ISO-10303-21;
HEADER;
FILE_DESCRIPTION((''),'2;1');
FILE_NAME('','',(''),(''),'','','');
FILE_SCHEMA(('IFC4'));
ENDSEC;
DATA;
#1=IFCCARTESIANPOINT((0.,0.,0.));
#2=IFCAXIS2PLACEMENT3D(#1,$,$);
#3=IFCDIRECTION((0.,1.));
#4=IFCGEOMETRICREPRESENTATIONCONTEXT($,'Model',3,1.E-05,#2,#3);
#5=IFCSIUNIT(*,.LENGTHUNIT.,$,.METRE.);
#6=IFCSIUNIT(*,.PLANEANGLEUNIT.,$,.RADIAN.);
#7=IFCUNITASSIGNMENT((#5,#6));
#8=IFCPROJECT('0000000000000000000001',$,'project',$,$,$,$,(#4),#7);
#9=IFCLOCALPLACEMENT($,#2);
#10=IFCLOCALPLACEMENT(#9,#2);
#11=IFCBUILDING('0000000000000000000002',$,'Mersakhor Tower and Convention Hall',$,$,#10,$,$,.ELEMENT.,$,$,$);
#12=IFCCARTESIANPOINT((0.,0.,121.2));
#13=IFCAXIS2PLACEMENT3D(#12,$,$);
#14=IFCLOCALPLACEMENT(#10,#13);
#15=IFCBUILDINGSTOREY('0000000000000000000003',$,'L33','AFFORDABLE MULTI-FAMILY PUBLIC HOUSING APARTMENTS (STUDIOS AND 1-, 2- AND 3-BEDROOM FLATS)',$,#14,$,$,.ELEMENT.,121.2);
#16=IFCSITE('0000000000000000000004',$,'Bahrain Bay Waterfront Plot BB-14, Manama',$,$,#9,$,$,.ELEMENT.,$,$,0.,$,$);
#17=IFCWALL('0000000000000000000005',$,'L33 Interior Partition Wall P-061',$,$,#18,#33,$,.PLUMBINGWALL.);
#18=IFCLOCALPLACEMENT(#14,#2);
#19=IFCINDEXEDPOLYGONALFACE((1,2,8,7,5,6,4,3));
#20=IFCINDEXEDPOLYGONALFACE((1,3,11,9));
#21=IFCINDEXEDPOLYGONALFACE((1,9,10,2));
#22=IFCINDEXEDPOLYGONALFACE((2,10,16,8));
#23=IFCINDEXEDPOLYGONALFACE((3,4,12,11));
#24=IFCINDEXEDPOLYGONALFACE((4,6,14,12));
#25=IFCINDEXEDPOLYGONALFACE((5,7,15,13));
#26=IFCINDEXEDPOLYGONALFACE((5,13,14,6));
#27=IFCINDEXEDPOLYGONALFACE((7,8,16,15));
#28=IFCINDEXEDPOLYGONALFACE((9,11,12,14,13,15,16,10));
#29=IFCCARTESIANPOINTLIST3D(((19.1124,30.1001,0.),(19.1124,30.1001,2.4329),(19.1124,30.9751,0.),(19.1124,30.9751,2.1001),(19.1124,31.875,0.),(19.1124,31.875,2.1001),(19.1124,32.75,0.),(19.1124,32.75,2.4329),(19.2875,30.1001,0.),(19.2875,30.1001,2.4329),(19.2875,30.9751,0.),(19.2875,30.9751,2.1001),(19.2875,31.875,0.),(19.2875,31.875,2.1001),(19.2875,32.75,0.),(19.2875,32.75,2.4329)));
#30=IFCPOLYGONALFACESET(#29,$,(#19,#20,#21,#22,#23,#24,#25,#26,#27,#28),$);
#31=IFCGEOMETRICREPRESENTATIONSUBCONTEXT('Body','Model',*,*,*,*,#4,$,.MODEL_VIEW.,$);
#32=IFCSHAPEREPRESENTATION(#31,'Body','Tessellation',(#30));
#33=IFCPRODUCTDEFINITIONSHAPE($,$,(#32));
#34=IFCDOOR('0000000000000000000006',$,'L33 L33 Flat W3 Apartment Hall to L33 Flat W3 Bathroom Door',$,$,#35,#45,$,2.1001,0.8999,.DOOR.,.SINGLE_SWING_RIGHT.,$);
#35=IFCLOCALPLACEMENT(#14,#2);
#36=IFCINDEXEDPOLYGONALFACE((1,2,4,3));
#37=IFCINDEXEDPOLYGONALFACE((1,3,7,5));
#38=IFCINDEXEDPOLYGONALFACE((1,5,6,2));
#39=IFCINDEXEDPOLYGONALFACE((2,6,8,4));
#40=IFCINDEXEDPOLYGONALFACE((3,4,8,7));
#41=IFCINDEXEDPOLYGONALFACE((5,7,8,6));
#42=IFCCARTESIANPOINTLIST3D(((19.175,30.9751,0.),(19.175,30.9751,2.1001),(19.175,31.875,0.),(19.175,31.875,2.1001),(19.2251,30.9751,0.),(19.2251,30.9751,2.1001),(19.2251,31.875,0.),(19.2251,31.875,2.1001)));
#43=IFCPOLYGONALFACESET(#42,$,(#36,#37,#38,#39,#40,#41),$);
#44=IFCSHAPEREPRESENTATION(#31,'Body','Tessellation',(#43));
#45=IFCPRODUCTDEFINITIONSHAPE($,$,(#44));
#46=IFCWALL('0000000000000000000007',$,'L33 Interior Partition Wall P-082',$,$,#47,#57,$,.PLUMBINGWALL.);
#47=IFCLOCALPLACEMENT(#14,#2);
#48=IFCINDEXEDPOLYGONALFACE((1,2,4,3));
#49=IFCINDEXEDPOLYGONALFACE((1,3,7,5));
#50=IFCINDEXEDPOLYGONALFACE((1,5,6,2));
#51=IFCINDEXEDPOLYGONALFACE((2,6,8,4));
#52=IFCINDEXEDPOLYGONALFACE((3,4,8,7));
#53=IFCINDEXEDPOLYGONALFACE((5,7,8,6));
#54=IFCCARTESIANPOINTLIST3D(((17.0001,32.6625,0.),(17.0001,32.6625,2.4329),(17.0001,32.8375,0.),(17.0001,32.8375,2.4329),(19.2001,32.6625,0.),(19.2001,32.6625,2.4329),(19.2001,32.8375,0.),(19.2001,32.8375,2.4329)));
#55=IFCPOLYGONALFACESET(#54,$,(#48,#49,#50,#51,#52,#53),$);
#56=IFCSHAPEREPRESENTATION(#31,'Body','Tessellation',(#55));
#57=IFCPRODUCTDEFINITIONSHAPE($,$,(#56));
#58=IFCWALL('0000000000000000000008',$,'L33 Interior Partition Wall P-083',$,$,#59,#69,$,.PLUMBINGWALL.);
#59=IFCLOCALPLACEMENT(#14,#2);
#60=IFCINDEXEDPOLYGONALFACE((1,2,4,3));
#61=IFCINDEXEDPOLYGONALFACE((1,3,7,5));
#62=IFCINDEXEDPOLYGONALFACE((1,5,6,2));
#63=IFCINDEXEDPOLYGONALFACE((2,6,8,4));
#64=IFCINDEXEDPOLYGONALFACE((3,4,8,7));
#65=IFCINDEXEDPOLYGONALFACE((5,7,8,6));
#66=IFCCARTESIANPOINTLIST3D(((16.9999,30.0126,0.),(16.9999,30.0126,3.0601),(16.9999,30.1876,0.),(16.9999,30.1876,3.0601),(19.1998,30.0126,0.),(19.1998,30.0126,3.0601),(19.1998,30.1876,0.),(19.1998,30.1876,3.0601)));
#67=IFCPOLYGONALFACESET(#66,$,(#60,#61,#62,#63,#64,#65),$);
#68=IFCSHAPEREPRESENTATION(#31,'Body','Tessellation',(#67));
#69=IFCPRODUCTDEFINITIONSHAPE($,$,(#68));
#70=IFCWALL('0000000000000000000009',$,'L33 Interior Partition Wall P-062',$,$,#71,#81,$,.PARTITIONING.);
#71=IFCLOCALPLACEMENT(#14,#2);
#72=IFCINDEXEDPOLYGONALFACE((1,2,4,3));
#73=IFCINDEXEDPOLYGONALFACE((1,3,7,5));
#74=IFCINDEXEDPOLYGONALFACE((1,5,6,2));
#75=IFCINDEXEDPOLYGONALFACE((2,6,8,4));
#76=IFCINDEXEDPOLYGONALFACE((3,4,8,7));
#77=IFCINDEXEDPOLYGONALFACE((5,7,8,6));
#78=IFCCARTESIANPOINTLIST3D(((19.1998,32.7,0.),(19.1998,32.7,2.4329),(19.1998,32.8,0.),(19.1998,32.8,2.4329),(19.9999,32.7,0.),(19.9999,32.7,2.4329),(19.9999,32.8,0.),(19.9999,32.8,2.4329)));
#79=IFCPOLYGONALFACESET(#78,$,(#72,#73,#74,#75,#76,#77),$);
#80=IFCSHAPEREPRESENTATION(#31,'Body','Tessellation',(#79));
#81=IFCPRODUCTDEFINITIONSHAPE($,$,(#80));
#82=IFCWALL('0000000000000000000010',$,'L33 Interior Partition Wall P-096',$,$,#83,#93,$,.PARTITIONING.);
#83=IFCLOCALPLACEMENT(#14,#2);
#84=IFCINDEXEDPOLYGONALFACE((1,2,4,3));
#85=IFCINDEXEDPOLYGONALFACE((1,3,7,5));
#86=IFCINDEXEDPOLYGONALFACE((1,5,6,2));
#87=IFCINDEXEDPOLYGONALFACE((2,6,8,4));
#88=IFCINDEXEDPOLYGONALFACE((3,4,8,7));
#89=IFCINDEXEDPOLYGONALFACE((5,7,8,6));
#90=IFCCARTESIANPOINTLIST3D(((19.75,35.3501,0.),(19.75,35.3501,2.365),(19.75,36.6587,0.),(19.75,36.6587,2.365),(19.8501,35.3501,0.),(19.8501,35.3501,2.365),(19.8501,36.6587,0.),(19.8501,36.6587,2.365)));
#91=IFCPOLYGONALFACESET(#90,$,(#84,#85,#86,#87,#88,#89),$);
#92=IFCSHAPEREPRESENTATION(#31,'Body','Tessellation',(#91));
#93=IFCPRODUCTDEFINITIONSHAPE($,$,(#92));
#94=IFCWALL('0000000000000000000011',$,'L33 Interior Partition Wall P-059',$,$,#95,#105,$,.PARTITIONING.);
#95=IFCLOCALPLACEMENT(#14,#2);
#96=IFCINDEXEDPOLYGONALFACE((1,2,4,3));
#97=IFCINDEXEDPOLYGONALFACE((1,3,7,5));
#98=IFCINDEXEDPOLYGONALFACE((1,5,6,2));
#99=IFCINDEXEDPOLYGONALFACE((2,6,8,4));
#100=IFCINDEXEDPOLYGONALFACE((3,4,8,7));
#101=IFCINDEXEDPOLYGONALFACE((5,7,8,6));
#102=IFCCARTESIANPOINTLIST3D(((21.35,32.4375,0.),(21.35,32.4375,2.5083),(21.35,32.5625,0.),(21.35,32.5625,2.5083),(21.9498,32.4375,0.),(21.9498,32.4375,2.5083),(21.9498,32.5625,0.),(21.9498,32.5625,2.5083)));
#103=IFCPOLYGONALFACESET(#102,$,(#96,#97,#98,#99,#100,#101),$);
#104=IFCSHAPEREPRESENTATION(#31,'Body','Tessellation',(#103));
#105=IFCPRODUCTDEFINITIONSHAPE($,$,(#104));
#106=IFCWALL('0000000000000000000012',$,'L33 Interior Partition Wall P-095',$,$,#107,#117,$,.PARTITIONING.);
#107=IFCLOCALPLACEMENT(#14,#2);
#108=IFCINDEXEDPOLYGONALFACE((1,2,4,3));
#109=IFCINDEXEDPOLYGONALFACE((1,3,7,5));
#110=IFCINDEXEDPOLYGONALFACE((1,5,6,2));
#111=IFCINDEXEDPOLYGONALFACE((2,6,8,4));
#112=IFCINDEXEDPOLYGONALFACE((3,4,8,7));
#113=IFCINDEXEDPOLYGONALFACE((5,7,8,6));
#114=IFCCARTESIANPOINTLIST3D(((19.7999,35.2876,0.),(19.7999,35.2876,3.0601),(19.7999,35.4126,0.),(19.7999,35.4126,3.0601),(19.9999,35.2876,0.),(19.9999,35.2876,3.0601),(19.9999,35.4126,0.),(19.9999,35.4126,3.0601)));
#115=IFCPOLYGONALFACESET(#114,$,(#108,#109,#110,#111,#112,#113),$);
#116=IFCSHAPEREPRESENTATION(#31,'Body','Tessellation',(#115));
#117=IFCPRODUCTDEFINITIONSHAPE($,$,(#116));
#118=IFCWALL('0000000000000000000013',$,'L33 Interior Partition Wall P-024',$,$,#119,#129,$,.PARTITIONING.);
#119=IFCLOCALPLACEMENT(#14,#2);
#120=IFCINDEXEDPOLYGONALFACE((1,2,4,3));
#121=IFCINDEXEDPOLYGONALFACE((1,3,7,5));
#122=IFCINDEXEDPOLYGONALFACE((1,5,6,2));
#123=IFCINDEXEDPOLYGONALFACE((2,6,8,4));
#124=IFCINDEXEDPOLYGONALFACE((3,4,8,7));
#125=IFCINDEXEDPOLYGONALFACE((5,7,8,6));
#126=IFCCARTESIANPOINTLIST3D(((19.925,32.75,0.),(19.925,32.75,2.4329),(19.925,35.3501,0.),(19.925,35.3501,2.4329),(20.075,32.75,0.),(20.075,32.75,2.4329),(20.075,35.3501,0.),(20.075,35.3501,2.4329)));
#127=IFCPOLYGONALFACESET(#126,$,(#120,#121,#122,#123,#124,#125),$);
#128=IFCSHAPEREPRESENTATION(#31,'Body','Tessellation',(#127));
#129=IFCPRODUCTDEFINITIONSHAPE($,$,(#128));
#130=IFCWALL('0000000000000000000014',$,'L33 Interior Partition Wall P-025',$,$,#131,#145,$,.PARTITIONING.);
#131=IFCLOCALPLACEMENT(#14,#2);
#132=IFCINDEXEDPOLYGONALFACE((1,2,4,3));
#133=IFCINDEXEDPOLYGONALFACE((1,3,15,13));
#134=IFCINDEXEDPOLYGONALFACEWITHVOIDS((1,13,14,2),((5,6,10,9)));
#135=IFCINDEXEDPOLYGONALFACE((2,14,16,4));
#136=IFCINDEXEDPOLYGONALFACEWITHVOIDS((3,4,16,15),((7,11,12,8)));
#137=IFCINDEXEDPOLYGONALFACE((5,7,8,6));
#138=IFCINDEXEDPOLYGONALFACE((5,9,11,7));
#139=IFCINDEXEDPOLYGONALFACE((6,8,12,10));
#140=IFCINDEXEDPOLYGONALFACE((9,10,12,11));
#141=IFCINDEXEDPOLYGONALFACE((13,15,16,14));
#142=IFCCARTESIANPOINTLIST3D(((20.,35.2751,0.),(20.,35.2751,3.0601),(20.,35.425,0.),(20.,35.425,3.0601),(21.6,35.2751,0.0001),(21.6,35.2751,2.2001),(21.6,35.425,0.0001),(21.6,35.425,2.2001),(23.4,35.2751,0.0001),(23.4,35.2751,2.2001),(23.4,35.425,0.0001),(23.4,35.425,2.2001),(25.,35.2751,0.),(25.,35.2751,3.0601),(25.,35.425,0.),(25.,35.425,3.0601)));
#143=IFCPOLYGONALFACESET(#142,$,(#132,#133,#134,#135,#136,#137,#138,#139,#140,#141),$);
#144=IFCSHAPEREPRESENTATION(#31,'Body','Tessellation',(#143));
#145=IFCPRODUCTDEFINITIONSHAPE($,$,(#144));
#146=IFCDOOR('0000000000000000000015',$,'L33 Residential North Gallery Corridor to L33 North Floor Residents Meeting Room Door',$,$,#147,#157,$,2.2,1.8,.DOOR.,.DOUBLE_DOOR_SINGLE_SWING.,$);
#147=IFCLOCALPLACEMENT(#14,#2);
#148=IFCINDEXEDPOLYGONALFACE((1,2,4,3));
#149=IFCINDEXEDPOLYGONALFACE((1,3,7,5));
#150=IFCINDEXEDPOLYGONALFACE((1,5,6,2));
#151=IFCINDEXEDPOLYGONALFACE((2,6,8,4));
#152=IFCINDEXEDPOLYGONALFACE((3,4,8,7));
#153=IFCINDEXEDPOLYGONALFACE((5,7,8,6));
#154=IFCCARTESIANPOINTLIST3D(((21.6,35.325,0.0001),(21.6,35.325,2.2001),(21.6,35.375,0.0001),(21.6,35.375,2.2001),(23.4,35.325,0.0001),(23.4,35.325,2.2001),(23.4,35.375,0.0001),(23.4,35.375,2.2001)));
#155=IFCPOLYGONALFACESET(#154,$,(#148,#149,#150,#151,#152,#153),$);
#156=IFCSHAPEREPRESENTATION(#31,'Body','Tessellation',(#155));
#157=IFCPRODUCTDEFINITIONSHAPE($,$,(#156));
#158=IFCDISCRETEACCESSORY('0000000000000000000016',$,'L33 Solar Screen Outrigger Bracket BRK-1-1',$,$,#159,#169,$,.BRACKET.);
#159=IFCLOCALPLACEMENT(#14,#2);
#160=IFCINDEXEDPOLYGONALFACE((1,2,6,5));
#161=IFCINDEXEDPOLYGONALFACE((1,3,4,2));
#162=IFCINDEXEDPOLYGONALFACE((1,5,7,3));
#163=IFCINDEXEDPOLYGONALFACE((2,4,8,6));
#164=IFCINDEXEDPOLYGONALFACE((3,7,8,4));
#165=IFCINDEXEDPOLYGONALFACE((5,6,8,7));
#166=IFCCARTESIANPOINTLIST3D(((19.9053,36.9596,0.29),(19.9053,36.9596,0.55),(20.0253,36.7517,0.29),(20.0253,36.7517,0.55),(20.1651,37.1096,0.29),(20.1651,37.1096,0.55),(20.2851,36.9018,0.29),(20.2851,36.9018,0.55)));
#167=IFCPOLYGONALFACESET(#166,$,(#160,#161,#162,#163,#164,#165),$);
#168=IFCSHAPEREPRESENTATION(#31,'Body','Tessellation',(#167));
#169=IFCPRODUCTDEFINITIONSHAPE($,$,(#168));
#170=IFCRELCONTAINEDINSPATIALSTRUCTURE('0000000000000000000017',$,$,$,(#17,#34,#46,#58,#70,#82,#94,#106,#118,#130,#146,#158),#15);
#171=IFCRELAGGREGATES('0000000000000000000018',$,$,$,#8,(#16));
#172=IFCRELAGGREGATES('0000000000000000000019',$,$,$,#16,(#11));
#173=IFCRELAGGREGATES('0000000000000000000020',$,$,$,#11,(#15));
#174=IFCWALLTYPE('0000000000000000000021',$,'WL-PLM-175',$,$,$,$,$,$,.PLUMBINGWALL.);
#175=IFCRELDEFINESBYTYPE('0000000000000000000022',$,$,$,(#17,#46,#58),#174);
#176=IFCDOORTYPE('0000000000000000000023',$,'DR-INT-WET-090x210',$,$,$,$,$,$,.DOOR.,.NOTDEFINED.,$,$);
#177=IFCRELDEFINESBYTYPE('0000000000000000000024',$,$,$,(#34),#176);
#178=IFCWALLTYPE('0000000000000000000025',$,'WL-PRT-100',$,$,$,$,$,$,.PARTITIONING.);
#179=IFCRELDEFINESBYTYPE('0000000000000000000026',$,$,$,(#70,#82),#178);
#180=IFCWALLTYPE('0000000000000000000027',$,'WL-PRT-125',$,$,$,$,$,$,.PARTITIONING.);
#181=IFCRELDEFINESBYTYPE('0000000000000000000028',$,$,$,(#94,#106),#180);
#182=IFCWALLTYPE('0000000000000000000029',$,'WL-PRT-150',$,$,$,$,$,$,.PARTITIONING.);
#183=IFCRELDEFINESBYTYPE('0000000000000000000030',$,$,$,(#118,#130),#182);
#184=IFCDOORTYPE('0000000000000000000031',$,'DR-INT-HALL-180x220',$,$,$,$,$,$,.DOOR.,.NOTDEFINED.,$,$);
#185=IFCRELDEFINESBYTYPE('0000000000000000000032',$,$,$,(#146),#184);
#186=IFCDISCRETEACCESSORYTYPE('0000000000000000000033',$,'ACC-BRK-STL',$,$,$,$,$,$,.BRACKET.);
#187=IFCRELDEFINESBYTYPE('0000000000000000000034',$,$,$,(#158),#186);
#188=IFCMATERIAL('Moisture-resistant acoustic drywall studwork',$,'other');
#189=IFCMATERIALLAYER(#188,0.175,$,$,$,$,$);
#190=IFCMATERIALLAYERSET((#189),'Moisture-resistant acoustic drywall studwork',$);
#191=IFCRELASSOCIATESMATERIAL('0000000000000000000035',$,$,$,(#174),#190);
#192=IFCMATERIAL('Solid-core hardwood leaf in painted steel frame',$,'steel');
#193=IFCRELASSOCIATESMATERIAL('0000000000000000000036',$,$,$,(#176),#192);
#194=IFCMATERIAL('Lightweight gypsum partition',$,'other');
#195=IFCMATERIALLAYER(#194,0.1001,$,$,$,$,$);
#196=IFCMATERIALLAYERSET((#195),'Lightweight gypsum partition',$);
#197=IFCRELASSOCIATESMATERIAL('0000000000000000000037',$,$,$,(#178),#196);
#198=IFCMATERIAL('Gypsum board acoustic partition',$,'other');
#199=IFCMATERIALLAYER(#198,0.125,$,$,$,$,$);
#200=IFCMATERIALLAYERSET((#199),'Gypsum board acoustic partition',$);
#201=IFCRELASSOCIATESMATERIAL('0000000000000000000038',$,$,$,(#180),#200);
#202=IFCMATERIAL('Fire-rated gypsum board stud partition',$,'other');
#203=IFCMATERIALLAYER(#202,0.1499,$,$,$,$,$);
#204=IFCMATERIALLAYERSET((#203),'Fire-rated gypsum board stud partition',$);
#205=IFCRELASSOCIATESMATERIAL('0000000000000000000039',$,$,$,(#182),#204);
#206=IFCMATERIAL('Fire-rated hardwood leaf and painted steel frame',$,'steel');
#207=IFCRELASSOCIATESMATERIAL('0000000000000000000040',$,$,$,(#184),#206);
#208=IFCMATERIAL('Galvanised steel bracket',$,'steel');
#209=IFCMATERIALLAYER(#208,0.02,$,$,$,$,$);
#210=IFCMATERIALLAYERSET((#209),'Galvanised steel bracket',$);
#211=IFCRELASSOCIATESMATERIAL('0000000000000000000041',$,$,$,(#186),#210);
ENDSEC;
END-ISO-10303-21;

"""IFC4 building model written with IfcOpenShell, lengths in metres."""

from ifc_helpers import new_model, si_unit, direction, frame, frame_2d, origin, origin_2d, place, context, subcontext, project, spatial, rectangle, extrude, material, layer, layer_set, type_object, element, fill, save


model = new_model("IFC4")

# Units and contexts
model_context = context("Model", 3, precision=1e-05, world=origin(), true_north=direction((0.0, 1.0)))
body_context = subcontext(model_context, "Body", "Model", "MODEL_VIEW")
ifc_project = project(units=[si_unit("LENGTHUNIT", "METRE"), si_unit("PLANEANGLEUNIT", "RADIAN")], contexts=[model_context])

# Site, building, storey
site_placement = place(None, origin())
site = spatial("IfcSite", under=ifc_project, at=site_placement, Name="Bahrain Bay Waterfront Plot BB-14, Manama", CompositionType="ELEMENT", RefElevation=0.0)
building_placement = place(site_placement, origin())
building = spatial("IfcBuilding", under=site, at=building_placement, Name="Mersakhor Tower and Convention Hall", CompositionType="ELEMENT")
storey_placement = place(building_placement, frame((0.0, 0.0, 121.2)))
storey = spatial("IfcBuildingStorey", under=building, at=storey_placement, Name="L33", Description="AFFORDABLE MULTI-FAMILY PUBLIC HOUSING APARTMENTS (STUDIOS AND 1-, 2- AND 3-BEDROOM FLATS)", CompositionType="ELEMENT", Elevation=121.2)

# Wall, opening, door
ifc_material_1 = material(Name="Moisture-resistant acoustic drywall studwork", Category="other")
ifc_layer_1 = layer(ifc_material_1, 0.175)
ifc_layer_set_1 = layer_set([ifc_layer_1], Name="Moisture-resistant acoustic drywall studwork")
wall_type_1 = type_object("IfcWallType", Name="WL-PLM-175", PredefinedType="PLUMBINGWALL", material=ifc_layer_set_1)
wall_1_placement = place(storey_placement, frame((19.2, 30.1001, 0.0), z_axis=(0.0, 0.0, 1.0), x_axis=(0.0, 1.0, 0.0)))
wall_1 = element("IfcWall", 1, at=wall_1_placement, inside=storey, type_object=wall_type_1, Name="L33 Interior Partition Wall P-061", PredefinedType="PLUMBINGWALL", context=body_context, shape_type="SweptSolid", body=[
    extrude(rectangle(XDim=2.6499, YDim=0.175, at=frame_2d((1.325, 0.0))), origin(), (0.0, 0.0, 1.0), 2.4329),
])
opening_1_placement = place(wall_1_placement, frame((0.875, 0.0, 0.0)))
opening_1 = element("IfcOpeningElement", 2, at=opening_1_placement, cuts=wall_1, PredefinedType="OPENING", context=body_context, shape_type="SweptSolid", body=[
    extrude(rectangle(XDim=0.8999, YDim=2.1001, at=frame_2d((0.45, 1.05))), frame((0.0, 0.0974, 0.0), z_axis=(0.0, -1.0, 0.0), x_axis=(1.0, 0.0, 0.0)), (0.0, 0.0, 1.0), 0.1951),
])
ifc_material_2 = material(Name="Solid-core hardwood leaf in painted steel frame", Category="steel")
door_type_1 = type_object("IfcDoorType", Name="DR-INT-WET-090x210", OperationType="NOTDEFINED", PredefinedType="DOOR", material=ifc_material_2)
door_1_placement = place(opening_1_placement, origin())
door_1 = element("IfcDoor", 3, at=door_1_placement, inside=storey, type_object=door_type_1, Name="L33 L33 Flat W3 Apartment Hall to L33 Flat W3 Bathroom Door", OperationType="SINGLE_SWING_RIGHT", OverallHeight=2.1001, OverallWidth=0.8999, PredefinedType="DOOR", context=body_context, shape_type="SweptSolid", body=[
    extrude(rectangle(XDim=0.8999, YDim=2.1001, at=frame_2d((0.45, 1.05))), frame((0.0, 0.0249, 0.0), z_axis=(0.0, -1.0, 0.0), x_axis=(1.0, 0.0, 0.0)), (0.0, 0.0, 1.0), 0.05),
])
fill(opening_1, door_1)

# Walls
wall_2_placement = place(storey_placement, frame((17.0, 32.75, 0.0), z_axis=(0.0, 0.0, 1.0), x_axis=(1.0, 0.0, 0.0)))
element("IfcWall", 4, at=wall_2_placement, inside=storey, type_object=wall_type_1, Name="L33 Interior Partition Wall P-082", PredefinedType="PLUMBINGWALL", context=body_context, shape_type="SweptSolid", body=[
    extrude(rectangle(XDim=2.2, YDim=0.175, at=frame_2d((1.1001, 0.0))), origin(), (0.0, 0.0, 1.0), 2.4329),
])
wall_3_placement = place(storey_placement, frame((19.2, 30.1001, 0.0), z_axis=(0.0, 0.0, 1.0), x_axis=(-1.0, 0.0, 0.0)))
element("IfcWall", 5, at=wall_3_placement, inside=storey, type_object=wall_type_1, Name="L33 Interior Partition Wall P-083", PredefinedType="PLUMBINGWALL", context=body_context, shape_type="SweptSolid", body=[
    extrude(rectangle(XDim=2.2, YDim=0.175, at=frame_2d((1.1001, 0.0))), origin(), (0.0, 0.0, 1.0), 3.0601),
])
ifc_material_3 = material(Name="Lightweight gypsum partition", Category="other")
ifc_layer_2 = layer(ifc_material_3, 0.1001)
ifc_layer_set_2 = layer_set([ifc_layer_2], Name="Lightweight gypsum partition")
wall_type_2 = type_object("IfcWallType", Name="WL-PRT-100", PredefinedType="PARTITIONING", material=ifc_layer_set_2)
wall_4_placement = place(storey_placement, frame((19.2, 32.75, 0.0), z_axis=(0.0, 0.0, 1.0), x_axis=(1.0, 0.0, 0.0)))
element("IfcWall", 6, at=wall_4_placement, inside=storey, type_object=wall_type_2, Name="L33 Interior Partition Wall P-062", PredefinedType="PARTITIONING", context=body_context, shape_type="SweptSolid", body=[
    extrude(rectangle(XDim=0.8, YDim=0.1001, at=frame_2d((0.3999, 0.0))), origin(), (0.0, 0.0, 1.0), 2.4329),
])
wall_5_placement = place(storey_placement, frame((19.8, 35.3501, 0.0), z_axis=(0.0, 0.0, 1.0), x_axis=(0.0, 1.0, 0.0)))
element("IfcWall", 7, at=wall_5_placement, inside=storey, type_object=wall_type_2, Name="L33 Interior Partition Wall P-096", PredefinedType="PARTITIONING", context=body_context, shape_type="SweptSolid", body=[
    extrude(rectangle(XDim=1.3086, YDim=0.1001, at=frame_2d((0.6543, 0.0))), origin(), (0.0, 0.0, 1.0), 2.365),
])
ifc_material_4 = material(Name="Gypsum board acoustic partition", Category="other")
ifc_layer_3 = layer(ifc_material_4, 0.125)
ifc_layer_set_3 = layer_set([ifc_layer_3], Name="Gypsum board acoustic partition")
wall_type_3 = type_object("IfcWallType", Name="WL-PRT-125", PredefinedType="PARTITIONING", material=ifc_layer_set_3)
wall_6_placement = place(storey_placement, frame((21.3501, 32.5, 0.0), z_axis=(0.0, 0.0, 1.0), x_axis=(1.0, 0.0, 0.0)))
element("IfcWall", 8, at=wall_6_placement, inside=storey, type_object=wall_type_3, Name="L33 Interior Partition Wall P-059", PredefinedType="PARTITIONING", context=body_context, shape_type="SweptSolid", body=[
    extrude(rectangle(XDim=0.5999, YDim=0.125, at=frame_2d((0.2998, 0.0))), origin(), (0.0, 0.0, 1.0), 2.5083),
])
wall_7_placement = place(storey_placement, frame((20.0, 35.3501, 0.0), z_axis=(0.0, 0.0, 1.0), x_axis=(-1.0, 0.0, 0.0)))
element("IfcWall", 9, at=wall_7_placement, inside=storey, type_object=wall_type_3, Name="L33 Interior Partition Wall P-095", PredefinedType="PARTITIONING", context=body_context, shape_type="SweptSolid", body=[
    extrude(rectangle(XDim=0.2, YDim=0.125, at=frame_2d((0.1001, 0.0))), origin(), (0.0, 0.0, 1.0), 3.0601),
])

# Shared definitions
ifc_material_5 = material(Name="Fire-rated gypsum board stud partition", Category="other")
ifc_layer_4 = layer(ifc_material_5, 0.1499)
ifc_layer_set_4 = layer_set([ifc_layer_4], Name="Fire-rated gypsum board stud partition")
wall_type_4 = type_object("IfcWallType", Name="WL-PRT-150", PredefinedType="PARTITIONING", material=ifc_layer_set_4)

# Wall
wall_8_placement = place(storey_placement, frame((20.0, 32.75, 0.0), z_axis=(0.0, 0.0, 1.0), x_axis=(0.0, 1.0, 0.0)))
element("IfcWall", 10, at=wall_8_placement, inside=storey, type_object=wall_type_4, Name="L33 Interior Partition Wall P-024", PredefinedType="PARTITIONING", context=body_context, shape_type="SweptSolid", body=[
    extrude(rectangle(XDim=2.6001, YDim=0.1499, at=frame_2d((1.3, 0.0))), origin(), (0.0, 0.0, 1.0), 2.4329),
])

# Wall, opening, door
wall_9_placement = place(storey_placement, frame((20.0, 35.3501, 0.0), z_axis=(0.0, 0.0, 1.0), x_axis=(1.0, 0.0, 0.0)))
wall_9 = element("IfcWall", 11, at=wall_9_placement, inside=storey, type_object=wall_type_4, Name="L33 Interior Partition Wall P-025", PredefinedType="PARTITIONING", context=body_context, shape_type="SweptSolid", body=[
    extrude(rectangle(XDim=5.0, YDim=0.1499, at=frame_2d((2.5, 0.0))), origin(), (0.0, 0.0, 1.0), 3.0601),
])
opening_2_placement = place(wall_9_placement, frame((1.6001, 0.0, 0.0)))
opening_2 = element("IfcOpeningElement", 12, at=opening_2_placement, cuts=wall_9, PredefinedType="OPENING", context=body_context, shape_type="SweptSolid", body=[
    extrude(rectangle(XDim=1.8, YDim=2.2, at=frame_2d((0.8999, 1.1001))), frame((0.0, 0.085, 0.0), z_axis=(0.0, -1.0, 0.0), x_axis=(1.0, 0.0, 0.0)), (0.0, 0.0, 1.0), 0.1699),
])
ifc_material_6 = material(Name="Fire-rated hardwood leaf and painted steel frame", Category="steel")
door_type_2 = type_object("IfcDoorType", Name="DR-INT-HALL-180x220", OperationType="NOTDEFINED", PredefinedType="DOOR", material=ifc_material_6)
door_2_placement = place(opening_2_placement, origin())
door_2 = element("IfcDoor", 13, at=door_2_placement, inside=storey, type_object=door_type_2, Name="L33 Residential North Gallery Corridor to L33 North Floor Residents Meeting Room Door", OperationType="DOUBLE_DOOR_SINGLE_SWING", OverallHeight=2.2, OverallWidth=1.8, PredefinedType="DOOR", context=body_context, shape_type="SweptSolid", body=[
    extrude(rectangle(XDim=1.8, YDim=2.2, at=frame_2d((0.8999, 1.1001))), frame((0.0, 0.0249, 0.0), z_axis=(0.0, -1.0, 0.0), x_axis=(1.0, 0.0, 0.0)), (0.0, 0.0, 1.0), 0.05),
])
fill(opening_2, door_2)

# Discrete accessory
ifc_material_7 = material(Name="Galvanised steel bracket", Category="steel")
ifc_layer_5 = layer(ifc_material_7, 0.02)
ifc_layer_set_5 = layer_set([ifc_layer_5], Name="Galvanised steel bracket")
discrete_accessory_type = type_object("IfcDiscreteAccessoryType", Name="ACC-BRK-STL", PredefinedType="BRACKET", material=ifc_layer_set_5)
discrete_accessory_1_placement = place(storey_placement, frame((20.0952, 36.9307, 0.29), z_axis=(0.0, 0.0, 1.0), x_axis=(0.866025, 0.5, 0.0)))
element("IfcDiscreteAccessory", 14, at=discrete_accessory_1_placement, inside=storey, type_object=discrete_accessory_type, Name="L33 Solar Screen Outrigger Bracket BRK-1-1", PredefinedType="BRACKET", context=body_context, shape_type="SweptSolid", body=[
    extrude(rectangle(XDim=0.3, YDim=0.24, at=origin_2d()), origin(), (0.0, 0.0, 1.0), 0.26),
])

save(model, "model.ifc")
